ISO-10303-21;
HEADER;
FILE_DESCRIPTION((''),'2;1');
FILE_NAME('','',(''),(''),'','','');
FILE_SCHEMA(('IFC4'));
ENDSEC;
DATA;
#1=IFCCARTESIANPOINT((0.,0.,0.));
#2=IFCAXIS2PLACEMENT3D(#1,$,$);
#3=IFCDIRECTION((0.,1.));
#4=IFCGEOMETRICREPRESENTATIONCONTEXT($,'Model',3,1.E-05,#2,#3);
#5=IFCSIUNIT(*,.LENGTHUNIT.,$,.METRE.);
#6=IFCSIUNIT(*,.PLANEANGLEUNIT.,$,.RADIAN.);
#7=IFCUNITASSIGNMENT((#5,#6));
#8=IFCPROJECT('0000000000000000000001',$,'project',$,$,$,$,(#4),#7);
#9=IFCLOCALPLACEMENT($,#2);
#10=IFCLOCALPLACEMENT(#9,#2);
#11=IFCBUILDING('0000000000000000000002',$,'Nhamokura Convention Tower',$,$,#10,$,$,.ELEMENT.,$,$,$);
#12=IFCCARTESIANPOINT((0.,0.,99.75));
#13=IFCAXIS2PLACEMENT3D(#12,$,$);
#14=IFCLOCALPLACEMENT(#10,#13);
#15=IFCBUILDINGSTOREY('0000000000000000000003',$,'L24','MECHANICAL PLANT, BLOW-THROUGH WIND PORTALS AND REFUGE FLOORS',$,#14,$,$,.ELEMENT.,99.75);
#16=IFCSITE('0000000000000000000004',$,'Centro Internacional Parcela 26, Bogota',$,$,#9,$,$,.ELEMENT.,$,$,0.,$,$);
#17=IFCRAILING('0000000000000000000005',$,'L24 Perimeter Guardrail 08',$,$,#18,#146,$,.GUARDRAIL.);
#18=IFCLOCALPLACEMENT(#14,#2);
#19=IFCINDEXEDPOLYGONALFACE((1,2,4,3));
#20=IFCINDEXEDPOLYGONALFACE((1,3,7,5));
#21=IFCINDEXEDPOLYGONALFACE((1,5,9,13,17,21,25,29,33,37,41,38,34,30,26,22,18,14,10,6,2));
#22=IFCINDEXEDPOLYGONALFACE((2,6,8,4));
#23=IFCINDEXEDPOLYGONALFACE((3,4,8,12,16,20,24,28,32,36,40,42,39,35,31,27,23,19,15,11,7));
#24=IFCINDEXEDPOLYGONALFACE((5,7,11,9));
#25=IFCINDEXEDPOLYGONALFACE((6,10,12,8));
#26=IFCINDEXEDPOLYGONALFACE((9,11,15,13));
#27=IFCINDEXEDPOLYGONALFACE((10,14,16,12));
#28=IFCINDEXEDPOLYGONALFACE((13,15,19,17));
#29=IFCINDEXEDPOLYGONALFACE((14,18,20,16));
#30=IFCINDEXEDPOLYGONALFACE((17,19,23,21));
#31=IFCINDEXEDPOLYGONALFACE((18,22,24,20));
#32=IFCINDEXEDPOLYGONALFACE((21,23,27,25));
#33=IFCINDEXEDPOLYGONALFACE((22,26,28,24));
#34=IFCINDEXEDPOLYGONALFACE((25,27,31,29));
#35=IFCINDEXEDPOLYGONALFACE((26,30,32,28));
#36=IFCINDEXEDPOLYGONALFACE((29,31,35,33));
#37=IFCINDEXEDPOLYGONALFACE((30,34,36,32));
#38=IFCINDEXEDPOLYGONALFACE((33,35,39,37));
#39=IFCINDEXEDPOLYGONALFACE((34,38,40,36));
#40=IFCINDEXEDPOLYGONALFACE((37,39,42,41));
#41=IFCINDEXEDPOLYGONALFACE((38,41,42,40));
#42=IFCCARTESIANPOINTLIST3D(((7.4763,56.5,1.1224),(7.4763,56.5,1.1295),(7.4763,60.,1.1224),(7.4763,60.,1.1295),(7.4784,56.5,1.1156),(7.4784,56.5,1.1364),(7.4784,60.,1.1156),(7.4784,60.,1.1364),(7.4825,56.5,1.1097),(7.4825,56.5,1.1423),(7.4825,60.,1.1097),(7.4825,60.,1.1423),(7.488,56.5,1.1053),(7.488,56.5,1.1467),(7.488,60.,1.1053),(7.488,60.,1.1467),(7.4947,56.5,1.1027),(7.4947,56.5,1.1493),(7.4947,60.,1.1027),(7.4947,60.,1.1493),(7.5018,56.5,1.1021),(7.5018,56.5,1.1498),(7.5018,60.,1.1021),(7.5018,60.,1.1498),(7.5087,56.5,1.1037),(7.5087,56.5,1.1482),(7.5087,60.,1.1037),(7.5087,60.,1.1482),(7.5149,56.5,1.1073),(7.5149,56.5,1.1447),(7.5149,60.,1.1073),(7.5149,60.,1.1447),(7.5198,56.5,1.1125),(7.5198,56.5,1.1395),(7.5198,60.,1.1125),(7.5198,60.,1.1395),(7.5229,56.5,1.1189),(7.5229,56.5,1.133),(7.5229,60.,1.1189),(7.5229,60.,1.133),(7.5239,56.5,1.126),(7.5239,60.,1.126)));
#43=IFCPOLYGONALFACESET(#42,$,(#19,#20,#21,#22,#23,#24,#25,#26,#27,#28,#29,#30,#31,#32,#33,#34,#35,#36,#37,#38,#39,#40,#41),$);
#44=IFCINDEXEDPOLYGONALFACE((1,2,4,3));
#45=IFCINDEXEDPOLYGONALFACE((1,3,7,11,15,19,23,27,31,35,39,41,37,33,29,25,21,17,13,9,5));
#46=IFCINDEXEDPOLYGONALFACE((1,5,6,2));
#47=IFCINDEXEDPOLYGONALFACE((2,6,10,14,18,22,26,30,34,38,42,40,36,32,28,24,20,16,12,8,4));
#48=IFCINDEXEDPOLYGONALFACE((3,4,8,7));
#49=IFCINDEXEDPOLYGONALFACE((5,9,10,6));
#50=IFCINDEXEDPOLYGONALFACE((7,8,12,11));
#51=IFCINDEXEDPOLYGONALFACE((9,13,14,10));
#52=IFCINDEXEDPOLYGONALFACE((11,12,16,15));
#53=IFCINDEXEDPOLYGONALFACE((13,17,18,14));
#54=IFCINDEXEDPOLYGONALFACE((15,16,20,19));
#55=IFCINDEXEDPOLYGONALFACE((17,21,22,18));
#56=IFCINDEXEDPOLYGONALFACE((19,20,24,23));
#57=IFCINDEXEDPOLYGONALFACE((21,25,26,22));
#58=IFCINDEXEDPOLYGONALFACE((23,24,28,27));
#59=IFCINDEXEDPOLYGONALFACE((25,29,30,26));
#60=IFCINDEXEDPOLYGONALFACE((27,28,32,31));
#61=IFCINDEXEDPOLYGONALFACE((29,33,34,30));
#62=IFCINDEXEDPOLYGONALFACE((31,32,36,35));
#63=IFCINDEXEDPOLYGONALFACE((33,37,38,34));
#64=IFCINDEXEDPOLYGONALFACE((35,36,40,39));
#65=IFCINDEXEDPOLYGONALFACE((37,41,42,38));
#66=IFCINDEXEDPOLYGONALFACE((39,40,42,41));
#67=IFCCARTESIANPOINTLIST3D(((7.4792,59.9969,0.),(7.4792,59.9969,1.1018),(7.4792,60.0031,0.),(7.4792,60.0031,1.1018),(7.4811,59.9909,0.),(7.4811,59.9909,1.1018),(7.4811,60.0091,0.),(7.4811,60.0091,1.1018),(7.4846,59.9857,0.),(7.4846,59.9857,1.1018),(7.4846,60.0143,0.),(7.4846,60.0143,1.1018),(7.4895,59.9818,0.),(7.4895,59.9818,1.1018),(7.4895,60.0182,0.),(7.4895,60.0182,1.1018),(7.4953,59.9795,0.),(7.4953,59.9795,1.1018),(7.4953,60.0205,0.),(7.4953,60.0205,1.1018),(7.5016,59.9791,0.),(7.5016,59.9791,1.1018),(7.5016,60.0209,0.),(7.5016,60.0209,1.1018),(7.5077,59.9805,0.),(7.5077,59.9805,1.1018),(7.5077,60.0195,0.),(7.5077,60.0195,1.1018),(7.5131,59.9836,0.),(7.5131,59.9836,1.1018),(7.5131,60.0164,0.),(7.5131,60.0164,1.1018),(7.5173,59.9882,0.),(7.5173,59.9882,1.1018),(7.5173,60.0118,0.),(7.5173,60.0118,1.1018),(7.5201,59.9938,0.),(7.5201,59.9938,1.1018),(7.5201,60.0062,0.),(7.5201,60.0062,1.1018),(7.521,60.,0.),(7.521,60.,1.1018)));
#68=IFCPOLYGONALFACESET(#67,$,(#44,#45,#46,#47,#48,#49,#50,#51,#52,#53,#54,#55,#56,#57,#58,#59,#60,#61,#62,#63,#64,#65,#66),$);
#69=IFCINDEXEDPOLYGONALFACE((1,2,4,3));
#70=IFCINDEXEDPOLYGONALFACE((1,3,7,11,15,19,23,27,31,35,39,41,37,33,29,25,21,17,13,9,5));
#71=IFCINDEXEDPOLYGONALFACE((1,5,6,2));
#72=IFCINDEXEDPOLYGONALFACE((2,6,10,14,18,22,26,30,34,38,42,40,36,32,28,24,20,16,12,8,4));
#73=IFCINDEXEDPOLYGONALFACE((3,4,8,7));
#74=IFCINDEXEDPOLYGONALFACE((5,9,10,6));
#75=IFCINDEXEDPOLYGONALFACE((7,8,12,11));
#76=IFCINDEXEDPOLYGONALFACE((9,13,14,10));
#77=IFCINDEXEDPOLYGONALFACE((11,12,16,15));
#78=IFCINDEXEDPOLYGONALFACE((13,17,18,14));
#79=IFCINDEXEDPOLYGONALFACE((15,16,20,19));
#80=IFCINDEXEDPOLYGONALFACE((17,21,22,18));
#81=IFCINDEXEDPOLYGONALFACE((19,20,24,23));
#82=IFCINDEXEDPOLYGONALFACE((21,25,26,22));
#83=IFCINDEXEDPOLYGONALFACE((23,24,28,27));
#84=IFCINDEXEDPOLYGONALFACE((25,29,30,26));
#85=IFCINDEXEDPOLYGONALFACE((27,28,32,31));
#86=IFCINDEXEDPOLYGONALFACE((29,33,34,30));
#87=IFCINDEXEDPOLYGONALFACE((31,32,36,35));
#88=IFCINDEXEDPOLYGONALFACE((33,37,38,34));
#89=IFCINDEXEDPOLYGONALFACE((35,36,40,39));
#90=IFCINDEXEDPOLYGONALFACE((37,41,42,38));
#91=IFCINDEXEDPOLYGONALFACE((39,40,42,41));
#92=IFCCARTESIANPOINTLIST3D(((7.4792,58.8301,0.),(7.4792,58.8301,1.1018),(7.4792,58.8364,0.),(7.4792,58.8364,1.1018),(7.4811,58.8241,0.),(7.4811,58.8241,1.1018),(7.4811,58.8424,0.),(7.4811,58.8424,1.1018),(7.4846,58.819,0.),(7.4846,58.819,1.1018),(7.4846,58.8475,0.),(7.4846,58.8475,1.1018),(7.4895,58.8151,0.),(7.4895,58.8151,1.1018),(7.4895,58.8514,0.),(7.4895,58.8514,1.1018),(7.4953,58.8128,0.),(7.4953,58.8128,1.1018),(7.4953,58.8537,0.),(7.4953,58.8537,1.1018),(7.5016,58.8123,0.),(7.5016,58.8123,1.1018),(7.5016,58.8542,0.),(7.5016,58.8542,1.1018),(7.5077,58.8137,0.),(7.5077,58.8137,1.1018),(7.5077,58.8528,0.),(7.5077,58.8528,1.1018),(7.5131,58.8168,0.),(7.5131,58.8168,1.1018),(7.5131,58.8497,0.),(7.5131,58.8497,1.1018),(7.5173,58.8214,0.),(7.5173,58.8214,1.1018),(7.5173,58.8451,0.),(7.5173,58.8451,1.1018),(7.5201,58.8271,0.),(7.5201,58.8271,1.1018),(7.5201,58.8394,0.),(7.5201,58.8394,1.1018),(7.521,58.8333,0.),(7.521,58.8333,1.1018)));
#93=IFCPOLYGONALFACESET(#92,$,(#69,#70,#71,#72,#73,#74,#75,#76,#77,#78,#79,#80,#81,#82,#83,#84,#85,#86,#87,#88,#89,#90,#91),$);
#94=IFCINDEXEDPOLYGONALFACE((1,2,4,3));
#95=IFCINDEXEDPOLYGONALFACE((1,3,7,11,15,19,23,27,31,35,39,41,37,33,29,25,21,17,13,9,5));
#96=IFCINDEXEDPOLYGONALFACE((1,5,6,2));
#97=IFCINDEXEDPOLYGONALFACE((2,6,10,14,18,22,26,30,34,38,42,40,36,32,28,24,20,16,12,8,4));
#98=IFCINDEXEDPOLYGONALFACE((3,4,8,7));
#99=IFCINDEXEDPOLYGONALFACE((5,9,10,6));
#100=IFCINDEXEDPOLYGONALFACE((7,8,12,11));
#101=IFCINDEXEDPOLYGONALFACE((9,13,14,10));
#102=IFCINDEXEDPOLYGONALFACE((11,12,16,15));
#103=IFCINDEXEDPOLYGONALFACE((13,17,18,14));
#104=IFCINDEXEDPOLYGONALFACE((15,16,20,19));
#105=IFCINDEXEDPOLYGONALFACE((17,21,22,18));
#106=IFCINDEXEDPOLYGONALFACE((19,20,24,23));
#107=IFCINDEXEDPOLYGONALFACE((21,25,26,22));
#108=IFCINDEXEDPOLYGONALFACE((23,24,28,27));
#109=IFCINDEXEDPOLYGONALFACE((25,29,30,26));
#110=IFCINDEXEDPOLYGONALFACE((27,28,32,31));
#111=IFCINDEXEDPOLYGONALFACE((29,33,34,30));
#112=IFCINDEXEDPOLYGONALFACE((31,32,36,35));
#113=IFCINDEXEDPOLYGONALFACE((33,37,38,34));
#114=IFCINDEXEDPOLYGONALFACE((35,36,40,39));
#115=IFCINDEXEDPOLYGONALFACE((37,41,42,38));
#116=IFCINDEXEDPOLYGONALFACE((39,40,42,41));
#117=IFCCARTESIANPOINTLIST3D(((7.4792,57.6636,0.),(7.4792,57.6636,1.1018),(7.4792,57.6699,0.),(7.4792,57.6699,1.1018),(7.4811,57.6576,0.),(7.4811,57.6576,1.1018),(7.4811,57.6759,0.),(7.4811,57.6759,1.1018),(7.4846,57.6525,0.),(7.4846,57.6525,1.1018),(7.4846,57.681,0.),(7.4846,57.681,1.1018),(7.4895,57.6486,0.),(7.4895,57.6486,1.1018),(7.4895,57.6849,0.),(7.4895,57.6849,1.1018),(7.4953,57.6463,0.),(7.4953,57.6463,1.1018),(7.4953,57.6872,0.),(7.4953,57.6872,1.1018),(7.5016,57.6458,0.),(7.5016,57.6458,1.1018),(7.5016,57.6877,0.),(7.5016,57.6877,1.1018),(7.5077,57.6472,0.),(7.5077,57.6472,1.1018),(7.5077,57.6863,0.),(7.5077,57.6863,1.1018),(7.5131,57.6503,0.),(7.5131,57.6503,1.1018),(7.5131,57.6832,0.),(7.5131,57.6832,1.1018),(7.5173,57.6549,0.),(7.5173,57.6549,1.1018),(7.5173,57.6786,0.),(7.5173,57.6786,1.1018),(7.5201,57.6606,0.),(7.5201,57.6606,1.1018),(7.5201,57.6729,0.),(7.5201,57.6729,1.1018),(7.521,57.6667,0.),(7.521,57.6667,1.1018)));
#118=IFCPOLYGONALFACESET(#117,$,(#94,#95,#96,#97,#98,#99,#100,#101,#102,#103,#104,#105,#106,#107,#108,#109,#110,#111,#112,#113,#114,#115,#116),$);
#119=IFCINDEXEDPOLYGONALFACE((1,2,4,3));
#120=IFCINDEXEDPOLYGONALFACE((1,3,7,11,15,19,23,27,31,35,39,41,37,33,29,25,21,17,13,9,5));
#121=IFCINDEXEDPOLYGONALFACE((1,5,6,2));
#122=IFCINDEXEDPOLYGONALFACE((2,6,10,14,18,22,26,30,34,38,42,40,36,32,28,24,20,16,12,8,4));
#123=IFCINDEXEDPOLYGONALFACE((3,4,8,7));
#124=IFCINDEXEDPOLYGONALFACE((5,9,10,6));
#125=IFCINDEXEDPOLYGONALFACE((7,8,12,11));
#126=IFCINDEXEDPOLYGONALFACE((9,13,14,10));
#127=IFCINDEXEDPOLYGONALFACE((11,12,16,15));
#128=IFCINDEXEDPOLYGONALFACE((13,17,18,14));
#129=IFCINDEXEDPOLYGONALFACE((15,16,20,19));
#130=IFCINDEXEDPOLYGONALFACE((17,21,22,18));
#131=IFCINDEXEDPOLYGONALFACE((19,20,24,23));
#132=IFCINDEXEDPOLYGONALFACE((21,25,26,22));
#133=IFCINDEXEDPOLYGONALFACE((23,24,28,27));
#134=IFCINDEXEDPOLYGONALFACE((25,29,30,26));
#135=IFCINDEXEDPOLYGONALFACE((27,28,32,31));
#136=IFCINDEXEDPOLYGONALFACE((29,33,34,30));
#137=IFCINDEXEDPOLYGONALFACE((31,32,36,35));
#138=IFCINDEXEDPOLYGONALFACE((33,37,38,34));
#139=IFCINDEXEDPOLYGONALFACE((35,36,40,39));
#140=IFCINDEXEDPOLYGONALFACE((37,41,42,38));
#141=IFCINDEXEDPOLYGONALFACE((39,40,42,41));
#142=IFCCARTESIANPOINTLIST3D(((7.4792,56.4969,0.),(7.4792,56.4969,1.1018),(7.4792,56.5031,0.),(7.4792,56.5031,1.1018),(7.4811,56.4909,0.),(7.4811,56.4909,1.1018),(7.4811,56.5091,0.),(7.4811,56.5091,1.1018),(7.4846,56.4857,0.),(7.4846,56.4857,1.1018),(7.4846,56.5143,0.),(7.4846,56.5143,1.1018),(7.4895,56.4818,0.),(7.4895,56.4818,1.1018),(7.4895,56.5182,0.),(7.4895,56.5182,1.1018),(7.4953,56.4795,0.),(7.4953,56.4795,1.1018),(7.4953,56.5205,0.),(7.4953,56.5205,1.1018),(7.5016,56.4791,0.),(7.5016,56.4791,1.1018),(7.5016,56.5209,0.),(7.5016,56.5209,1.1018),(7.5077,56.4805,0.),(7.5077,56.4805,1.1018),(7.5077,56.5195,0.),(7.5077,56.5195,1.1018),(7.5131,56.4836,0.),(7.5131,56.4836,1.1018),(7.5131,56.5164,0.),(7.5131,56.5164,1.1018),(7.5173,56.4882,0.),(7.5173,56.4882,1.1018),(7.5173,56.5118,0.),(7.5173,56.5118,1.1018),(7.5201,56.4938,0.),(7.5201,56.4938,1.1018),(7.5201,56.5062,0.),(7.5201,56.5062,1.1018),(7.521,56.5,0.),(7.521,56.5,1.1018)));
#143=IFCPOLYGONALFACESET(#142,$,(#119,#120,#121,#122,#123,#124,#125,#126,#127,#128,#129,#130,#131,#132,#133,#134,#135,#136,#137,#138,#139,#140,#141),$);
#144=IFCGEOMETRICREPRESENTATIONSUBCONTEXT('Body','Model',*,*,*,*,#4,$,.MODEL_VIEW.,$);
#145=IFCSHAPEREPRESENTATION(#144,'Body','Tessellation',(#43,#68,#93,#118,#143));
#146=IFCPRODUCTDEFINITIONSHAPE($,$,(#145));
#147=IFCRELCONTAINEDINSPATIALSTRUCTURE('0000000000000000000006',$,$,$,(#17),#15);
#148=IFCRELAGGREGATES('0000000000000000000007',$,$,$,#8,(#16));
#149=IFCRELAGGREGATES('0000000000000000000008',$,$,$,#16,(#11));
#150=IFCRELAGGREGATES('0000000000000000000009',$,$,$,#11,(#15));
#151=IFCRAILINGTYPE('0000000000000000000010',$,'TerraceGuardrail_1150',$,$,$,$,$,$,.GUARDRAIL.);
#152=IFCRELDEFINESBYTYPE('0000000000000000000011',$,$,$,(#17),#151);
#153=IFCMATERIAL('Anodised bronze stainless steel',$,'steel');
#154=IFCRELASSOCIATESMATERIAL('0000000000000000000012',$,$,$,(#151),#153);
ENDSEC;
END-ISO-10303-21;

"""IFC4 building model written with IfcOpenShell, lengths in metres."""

from ifc_helpers import new_model, si_unit, direction, frame, origin, origin_2d, place, context, subcontext, project, spatial, circle, extrude, material, type_object, element, save


model = new_model("IFC4")

# Units and contexts
model_context = context("Model", 3, precision=1e-05, world=origin(), true_north=direction((0.0, 1.0)))
body_context = subcontext(model_context, "Body", "Model", "MODEL_VIEW")
ifc_project = project(units=[si_unit("LENGTHUNIT", "METRE"), si_unit("PLANEANGLEUNIT", "RADIAN")], contexts=[model_context])

# Site, building, storey
site_placement = place(None, origin())
site = spatial("IfcSite", under=ifc_project, at=site_placement, Name="Centro Internacional Parcela 26, Bogota", CompositionType="ELEMENT", RefElevation=0.0)
building_placement = place(site_placement, origin())
building = spatial("IfcBuilding", under=site, at=building_placement, Name="Nhamokura Convention Tower", CompositionType="ELEMENT")
storey_placement = place(building_placement, frame((0.0, 0.0, 99.75)))
storey = spatial("IfcBuildingStorey", under=building, at=storey_placement, Name="L24", Description="MECHANICAL PLANT, BLOW-THROUGH WIND PORTALS AND REFUGE FLOORS", CompositionType="ELEMENT", Elevation=99.75)

# Railing
ifc_material_1 = material(Name="Anodised bronze stainless steel", Category="steel")
railing_type = type_object("IfcRailingType", Name="TerraceGuardrail_1150", PredefinedType="GUARDRAIL", material=ifc_material_1)
railing_1_placement = place(storey_placement, frame((7.5, 60.0, 0.0)))
element("IfcRailing", 1, at=railing_1_placement, inside=storey, type_object=railing_type, Name="L24 Perimeter Guardrail 08", PredefinedType="GUARDRAIL", context=body_context, shape_type="SweptSolid", body=[
    extrude(circle(Radius=0.0239, at=origin_2d()), frame((0.0, 0.0, 1.126), z_axis=(0.0, -1.0, 0.0), x_axis=(1.0, 0.0, 0.0)), (0.0, 0.0, 1.0), 3.5),
    extrude(circle(Radius=0.021, at=origin_2d()), origin(), (0.0, 0.0, 1.0), 1.1018),
    extrude(circle(Radius=0.021, at=origin_2d()), frame((0.0, -1.1667, 0.0)), (0.0, 0.0, 1.0), 1.1018),
    extrude(circle(Radius=0.021, at=origin_2d()), frame((0.0, -2.3333, 0.0)), (0.0, 0.0, 1.0), 1.1018),
    extrude(circle(Radius=0.021, at=origin_2d()), frame((0.0, -3.5, 0.0)), (0.0, 0.0, 1.0), 1.1018),
])

save(model, "model.ifc")
